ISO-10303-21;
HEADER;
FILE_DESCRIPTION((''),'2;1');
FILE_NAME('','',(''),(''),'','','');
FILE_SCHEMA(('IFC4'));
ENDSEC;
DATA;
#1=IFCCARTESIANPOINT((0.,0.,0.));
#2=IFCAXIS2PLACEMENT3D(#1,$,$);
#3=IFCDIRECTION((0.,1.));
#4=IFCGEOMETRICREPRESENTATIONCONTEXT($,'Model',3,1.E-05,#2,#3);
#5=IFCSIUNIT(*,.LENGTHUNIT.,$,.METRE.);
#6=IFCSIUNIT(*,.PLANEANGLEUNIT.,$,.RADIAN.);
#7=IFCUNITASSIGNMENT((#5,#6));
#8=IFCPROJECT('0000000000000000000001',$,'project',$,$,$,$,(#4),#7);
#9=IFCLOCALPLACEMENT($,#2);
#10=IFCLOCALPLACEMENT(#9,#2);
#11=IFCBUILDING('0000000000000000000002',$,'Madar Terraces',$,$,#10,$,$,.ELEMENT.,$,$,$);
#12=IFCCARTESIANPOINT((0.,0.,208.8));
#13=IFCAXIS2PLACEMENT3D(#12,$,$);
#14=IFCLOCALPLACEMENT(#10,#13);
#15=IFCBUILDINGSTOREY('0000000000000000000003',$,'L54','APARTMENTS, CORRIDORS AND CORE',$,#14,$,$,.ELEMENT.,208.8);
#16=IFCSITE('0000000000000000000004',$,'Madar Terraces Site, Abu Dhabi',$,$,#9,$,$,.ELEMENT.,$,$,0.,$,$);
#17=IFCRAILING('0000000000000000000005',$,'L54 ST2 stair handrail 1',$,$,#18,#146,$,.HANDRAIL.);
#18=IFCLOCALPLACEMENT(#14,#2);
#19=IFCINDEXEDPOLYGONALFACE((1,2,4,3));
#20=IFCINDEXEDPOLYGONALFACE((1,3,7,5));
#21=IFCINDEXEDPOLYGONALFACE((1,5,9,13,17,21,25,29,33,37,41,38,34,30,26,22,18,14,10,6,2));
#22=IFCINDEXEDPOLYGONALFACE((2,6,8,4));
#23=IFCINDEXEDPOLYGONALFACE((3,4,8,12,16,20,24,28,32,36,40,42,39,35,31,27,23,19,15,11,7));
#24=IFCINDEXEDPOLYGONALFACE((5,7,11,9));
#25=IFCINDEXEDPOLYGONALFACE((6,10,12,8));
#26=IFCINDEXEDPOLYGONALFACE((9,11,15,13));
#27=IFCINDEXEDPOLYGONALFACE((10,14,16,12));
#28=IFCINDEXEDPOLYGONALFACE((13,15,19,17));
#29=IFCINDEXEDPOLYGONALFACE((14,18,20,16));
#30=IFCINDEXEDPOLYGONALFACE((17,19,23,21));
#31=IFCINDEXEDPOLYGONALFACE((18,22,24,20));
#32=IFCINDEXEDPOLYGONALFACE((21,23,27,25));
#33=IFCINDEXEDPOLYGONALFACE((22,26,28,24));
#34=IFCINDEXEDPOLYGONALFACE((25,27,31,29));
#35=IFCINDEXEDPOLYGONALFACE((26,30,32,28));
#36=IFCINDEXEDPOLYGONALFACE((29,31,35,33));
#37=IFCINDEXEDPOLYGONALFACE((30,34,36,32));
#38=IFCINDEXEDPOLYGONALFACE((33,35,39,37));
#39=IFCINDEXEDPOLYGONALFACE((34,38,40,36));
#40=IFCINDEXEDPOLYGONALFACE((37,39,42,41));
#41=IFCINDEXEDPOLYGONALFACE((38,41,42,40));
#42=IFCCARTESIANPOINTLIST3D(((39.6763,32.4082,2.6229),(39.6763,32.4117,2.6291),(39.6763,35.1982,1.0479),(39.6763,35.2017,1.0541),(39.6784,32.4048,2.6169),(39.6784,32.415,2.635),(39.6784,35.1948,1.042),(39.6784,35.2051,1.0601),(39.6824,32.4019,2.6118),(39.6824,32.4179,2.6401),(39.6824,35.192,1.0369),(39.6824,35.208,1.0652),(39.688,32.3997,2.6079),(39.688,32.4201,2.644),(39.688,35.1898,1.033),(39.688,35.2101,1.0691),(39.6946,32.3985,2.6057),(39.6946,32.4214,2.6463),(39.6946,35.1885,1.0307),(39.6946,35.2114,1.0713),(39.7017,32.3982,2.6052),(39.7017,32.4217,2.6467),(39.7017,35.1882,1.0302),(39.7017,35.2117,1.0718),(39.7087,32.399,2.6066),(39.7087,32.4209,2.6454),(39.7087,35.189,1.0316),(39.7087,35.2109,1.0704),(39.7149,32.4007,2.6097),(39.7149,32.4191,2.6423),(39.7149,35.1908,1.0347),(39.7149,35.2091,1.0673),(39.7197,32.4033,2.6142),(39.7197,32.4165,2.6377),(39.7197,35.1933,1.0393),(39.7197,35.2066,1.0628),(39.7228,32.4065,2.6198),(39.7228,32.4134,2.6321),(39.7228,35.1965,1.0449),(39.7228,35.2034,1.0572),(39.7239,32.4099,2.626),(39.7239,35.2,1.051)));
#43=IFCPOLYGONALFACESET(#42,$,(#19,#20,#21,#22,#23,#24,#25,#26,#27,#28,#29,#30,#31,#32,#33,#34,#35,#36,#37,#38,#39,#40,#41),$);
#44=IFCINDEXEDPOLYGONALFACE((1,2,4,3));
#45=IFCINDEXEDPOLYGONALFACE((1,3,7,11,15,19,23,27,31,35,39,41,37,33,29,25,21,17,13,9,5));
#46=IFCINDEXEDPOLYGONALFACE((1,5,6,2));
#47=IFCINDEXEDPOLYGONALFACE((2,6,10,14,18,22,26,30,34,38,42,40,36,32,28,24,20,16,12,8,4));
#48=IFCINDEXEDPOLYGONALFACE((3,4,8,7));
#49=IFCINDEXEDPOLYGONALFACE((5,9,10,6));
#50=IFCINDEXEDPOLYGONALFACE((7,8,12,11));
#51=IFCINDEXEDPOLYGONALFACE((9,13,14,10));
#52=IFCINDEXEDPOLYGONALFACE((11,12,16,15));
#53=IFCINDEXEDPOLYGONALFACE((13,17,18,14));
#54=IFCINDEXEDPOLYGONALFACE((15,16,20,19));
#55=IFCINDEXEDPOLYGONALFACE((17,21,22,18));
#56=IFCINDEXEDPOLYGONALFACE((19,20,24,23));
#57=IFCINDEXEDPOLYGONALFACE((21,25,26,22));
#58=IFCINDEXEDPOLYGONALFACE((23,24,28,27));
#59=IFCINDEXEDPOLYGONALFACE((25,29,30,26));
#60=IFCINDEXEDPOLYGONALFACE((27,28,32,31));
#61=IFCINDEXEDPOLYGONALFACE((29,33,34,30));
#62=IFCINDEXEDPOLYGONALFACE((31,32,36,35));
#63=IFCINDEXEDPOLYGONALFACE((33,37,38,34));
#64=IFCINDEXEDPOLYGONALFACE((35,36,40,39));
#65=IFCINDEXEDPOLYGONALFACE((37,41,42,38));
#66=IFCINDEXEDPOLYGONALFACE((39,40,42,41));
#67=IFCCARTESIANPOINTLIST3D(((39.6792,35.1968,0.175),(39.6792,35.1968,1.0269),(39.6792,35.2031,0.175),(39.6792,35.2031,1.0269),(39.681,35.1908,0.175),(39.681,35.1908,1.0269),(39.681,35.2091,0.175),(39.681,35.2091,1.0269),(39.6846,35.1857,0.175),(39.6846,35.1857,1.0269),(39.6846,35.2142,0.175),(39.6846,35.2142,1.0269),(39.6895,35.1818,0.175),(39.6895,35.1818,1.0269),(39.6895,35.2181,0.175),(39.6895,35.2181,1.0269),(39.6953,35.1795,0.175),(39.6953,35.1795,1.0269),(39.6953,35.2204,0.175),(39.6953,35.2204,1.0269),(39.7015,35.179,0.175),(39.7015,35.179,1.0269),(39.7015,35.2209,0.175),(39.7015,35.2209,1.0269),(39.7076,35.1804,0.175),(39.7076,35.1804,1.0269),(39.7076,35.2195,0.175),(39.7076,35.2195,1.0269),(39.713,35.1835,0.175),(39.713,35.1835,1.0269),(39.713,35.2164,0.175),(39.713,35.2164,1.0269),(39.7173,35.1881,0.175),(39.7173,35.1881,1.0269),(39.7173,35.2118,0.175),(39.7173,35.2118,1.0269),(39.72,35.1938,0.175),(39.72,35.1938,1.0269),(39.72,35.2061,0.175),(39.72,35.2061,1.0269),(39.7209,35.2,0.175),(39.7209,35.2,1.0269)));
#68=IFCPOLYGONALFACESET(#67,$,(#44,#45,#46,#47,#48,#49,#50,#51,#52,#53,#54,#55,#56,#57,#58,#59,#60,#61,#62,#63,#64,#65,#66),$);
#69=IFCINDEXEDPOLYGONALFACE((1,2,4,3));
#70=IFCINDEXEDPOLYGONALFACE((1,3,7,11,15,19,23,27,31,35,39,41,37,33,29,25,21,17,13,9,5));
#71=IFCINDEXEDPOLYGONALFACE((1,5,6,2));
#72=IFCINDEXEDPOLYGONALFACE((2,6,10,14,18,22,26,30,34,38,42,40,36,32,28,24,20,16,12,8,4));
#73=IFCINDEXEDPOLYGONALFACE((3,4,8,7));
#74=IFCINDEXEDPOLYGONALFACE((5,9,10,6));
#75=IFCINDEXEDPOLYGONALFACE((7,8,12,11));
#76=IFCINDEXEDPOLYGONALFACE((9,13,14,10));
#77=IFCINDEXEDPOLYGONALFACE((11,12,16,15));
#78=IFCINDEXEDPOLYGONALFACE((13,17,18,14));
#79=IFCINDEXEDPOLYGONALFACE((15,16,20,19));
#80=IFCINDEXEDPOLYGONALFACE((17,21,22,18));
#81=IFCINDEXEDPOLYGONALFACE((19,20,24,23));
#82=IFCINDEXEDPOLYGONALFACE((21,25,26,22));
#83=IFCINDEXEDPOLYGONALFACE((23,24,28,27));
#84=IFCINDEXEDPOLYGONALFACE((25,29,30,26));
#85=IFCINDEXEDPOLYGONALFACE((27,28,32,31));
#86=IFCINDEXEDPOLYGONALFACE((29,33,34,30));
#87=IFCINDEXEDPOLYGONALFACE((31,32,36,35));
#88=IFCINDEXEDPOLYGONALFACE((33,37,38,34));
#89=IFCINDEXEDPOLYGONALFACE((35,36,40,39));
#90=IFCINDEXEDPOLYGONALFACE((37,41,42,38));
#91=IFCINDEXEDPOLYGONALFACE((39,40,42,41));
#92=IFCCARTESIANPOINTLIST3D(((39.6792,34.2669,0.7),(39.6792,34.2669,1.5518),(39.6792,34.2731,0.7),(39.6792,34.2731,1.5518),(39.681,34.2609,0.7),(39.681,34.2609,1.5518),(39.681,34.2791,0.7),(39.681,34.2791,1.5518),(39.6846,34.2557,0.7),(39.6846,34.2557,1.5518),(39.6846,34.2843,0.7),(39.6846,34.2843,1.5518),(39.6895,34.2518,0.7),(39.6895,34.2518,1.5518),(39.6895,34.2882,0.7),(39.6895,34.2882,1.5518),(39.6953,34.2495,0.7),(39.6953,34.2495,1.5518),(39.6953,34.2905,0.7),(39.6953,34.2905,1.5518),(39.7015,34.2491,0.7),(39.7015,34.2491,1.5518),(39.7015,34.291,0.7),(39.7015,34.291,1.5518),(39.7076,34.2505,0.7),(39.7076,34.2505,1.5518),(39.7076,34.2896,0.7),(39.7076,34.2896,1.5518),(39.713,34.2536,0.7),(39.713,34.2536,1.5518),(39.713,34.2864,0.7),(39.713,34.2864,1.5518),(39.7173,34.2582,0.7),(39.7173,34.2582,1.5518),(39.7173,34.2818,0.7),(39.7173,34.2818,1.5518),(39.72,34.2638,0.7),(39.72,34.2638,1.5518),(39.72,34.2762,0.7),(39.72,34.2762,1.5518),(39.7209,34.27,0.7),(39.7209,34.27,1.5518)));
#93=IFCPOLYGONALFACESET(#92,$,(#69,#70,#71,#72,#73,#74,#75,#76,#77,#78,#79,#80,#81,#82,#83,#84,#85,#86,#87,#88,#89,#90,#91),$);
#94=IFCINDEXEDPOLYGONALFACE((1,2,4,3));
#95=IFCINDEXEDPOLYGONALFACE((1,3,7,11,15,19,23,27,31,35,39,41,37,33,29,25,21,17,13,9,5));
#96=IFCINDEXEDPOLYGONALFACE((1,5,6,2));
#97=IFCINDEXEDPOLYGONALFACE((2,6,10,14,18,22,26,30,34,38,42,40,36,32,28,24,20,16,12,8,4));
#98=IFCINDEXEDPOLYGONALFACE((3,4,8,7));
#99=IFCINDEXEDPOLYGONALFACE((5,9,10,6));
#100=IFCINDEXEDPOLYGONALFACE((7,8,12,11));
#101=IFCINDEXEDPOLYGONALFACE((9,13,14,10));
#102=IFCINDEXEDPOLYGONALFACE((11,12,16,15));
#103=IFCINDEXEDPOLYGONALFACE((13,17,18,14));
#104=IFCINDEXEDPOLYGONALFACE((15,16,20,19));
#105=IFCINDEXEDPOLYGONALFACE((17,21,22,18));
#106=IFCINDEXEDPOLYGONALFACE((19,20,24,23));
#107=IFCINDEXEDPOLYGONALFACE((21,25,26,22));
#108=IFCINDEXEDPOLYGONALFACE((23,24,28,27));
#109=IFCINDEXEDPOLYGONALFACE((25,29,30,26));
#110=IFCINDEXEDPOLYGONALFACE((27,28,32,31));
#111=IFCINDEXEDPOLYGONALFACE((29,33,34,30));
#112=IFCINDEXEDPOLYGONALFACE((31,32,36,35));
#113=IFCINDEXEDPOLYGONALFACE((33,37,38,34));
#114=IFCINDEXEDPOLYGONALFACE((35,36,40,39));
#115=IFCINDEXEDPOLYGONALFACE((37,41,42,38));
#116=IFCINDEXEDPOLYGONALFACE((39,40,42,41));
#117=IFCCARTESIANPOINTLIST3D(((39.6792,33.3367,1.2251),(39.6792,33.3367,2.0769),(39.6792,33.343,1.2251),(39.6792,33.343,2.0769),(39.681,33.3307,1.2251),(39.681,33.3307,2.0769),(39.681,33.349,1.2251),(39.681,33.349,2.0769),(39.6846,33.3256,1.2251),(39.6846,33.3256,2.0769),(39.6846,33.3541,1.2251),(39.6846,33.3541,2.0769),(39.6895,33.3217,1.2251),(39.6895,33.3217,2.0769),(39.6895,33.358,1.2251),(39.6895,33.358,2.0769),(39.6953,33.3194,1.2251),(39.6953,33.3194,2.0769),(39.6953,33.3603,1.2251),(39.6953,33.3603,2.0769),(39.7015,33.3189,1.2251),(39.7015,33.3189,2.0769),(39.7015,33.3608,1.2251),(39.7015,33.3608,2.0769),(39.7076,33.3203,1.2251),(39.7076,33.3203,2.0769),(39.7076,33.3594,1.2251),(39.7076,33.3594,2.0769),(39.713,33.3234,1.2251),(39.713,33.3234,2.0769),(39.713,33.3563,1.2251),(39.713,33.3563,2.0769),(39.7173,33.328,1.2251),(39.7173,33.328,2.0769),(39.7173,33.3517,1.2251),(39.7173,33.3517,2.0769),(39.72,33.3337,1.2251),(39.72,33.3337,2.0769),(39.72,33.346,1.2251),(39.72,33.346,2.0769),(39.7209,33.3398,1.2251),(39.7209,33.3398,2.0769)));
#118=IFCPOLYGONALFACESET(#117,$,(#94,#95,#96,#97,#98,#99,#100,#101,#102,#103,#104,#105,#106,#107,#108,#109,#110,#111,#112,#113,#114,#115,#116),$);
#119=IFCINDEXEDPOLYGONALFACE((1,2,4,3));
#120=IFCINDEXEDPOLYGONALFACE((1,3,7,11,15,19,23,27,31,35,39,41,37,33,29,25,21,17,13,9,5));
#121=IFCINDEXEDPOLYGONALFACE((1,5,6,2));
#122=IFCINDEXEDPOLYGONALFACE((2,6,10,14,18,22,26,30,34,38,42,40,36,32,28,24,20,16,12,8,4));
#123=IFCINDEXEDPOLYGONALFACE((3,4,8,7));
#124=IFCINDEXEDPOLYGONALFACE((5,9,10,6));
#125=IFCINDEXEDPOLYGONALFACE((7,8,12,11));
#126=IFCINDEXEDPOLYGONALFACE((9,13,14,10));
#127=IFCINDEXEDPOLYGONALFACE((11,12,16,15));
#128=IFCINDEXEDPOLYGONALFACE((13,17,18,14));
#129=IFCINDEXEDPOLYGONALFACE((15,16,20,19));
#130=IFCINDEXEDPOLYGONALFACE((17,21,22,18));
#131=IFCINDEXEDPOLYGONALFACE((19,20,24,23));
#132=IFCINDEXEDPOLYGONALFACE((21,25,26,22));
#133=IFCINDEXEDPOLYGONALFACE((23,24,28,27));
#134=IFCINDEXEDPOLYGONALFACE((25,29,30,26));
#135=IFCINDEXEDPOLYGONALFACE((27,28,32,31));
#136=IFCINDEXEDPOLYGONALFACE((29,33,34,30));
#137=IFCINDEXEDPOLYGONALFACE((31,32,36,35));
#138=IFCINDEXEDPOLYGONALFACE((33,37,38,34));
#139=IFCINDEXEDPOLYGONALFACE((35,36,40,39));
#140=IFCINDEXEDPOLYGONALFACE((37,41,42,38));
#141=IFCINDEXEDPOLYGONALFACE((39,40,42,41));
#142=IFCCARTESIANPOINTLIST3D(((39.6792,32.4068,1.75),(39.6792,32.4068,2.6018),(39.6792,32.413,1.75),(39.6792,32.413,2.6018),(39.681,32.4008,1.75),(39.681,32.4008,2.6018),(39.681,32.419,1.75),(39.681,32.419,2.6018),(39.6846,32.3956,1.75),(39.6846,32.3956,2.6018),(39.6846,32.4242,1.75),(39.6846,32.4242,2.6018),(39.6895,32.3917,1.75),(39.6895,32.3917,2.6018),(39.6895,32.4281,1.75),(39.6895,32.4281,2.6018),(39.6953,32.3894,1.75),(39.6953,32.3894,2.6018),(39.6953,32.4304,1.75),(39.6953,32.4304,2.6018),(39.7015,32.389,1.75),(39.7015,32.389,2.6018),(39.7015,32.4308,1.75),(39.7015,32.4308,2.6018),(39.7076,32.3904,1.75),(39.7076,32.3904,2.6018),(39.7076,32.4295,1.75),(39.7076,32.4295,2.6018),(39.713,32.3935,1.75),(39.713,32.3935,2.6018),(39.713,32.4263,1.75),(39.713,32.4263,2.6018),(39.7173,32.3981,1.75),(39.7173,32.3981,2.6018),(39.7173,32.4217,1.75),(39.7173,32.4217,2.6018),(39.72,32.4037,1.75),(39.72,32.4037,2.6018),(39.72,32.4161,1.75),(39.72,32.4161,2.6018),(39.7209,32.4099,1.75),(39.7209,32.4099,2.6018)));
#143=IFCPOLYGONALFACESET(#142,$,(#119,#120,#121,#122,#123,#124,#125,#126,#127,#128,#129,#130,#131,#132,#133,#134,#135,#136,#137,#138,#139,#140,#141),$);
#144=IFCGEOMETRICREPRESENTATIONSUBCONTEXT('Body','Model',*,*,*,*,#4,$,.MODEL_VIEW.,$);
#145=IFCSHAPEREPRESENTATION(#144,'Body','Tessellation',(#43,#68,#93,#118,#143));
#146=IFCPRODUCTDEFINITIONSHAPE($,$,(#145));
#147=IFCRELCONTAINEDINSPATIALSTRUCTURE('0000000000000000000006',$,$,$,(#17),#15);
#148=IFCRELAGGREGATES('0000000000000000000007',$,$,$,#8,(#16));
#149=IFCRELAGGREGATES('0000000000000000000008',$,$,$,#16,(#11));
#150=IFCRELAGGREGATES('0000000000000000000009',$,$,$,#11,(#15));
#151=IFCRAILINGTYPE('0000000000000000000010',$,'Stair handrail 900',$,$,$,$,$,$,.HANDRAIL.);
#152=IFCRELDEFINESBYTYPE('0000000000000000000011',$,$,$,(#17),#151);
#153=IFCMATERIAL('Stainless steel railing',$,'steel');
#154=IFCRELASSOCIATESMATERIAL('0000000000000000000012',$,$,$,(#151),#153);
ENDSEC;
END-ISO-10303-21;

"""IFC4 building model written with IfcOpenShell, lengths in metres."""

from ifc_helpers import new_model, si_unit, direction, frame, origin, origin_2d, place, context, subcontext, project, spatial, circle, extrude, material, type_object, element, save


model = new_model("IFC4")

# Units and contexts
model_context = context("Model", 3, precision=1e-05, world=origin(), true_north=direction((0.0, 1.0)))
body_context = subcontext(model_context, "Body", "Model", "MODEL_VIEW")
ifc_project = project(units=[si_unit("LENGTHUNIT", "METRE"), si_unit("PLANEANGLEUNIT", "RADIAN")], contexts=[model_context])

# Site, building, storey
site_placement = place(None, origin())
site = spatial("IfcSite", under=ifc_project, at=site_placement, Name="Madar Terraces Site, Abu Dhabi", CompositionType="ELEMENT", RefElevation=0.0)
building_placement = place(site_placement, origin())
building = spatial("IfcBuilding", under=site, at=building_placement, Name="Madar Terraces", CompositionType="ELEMENT")
storey_placement = place(building_placement, frame((0.0, 0.0, 208.8)))
storey = spatial("IfcBuildingStorey", under=building, at=storey_placement, Name="L54", Description="APARTMENTS, CORRIDORS AND CORE", CompositionType="ELEMENT", Elevation=208.8)

# Railing
ifc_material_1 = material(Name="Stainless steel railing", Category="steel")
railing_type_1 = type_object("IfcRailingType", Name="Stair handrail 900", PredefinedType="HANDRAIL", material=ifc_material_1)
railing_1_placement = place(storey_placement, frame((39.7, 35.2, 0.175)))
element("IfcRailing", 1, at=railing_1_placement, inside=storey, type_object=railing_type_1, Name="L54 ST2 stair handrail 1", PredefinedType="HANDRAIL", context=body_context, shape_type="SweptSolid", body=[
    extrude(circle(Radius=0.0239, at=origin_2d()), frame((0.0, 0.0, 0.876), z_axis=(0.0, -0.870834, 0.491578), x_axis=(1.0, 0.0, 0.0)), (0.0, 0.0, 1.0), 3.2039),
    extrude(circle(Radius=0.021, at=origin_2d()), origin(), (0.0, 0.0, 1.0), 0.8518),
    extrude(circle(Radius=0.021, at=origin_2d()), frame((0.0, -0.9299, 0.5249)), (0.0, 0.0, 1.0), 0.8518),
    extrude(circle(Radius=0.021, at=origin_2d()), frame((0.0, -1.8601, 1.05)), (0.0, 0.0, 1.0), 0.8518),
    extrude(circle(Radius=0.021, at=origin_2d()), frame((0.0, -2.79, 1.575)), (0.0, 0.0, 1.0), 0.8518),
])

save(model, "model.ifc")
